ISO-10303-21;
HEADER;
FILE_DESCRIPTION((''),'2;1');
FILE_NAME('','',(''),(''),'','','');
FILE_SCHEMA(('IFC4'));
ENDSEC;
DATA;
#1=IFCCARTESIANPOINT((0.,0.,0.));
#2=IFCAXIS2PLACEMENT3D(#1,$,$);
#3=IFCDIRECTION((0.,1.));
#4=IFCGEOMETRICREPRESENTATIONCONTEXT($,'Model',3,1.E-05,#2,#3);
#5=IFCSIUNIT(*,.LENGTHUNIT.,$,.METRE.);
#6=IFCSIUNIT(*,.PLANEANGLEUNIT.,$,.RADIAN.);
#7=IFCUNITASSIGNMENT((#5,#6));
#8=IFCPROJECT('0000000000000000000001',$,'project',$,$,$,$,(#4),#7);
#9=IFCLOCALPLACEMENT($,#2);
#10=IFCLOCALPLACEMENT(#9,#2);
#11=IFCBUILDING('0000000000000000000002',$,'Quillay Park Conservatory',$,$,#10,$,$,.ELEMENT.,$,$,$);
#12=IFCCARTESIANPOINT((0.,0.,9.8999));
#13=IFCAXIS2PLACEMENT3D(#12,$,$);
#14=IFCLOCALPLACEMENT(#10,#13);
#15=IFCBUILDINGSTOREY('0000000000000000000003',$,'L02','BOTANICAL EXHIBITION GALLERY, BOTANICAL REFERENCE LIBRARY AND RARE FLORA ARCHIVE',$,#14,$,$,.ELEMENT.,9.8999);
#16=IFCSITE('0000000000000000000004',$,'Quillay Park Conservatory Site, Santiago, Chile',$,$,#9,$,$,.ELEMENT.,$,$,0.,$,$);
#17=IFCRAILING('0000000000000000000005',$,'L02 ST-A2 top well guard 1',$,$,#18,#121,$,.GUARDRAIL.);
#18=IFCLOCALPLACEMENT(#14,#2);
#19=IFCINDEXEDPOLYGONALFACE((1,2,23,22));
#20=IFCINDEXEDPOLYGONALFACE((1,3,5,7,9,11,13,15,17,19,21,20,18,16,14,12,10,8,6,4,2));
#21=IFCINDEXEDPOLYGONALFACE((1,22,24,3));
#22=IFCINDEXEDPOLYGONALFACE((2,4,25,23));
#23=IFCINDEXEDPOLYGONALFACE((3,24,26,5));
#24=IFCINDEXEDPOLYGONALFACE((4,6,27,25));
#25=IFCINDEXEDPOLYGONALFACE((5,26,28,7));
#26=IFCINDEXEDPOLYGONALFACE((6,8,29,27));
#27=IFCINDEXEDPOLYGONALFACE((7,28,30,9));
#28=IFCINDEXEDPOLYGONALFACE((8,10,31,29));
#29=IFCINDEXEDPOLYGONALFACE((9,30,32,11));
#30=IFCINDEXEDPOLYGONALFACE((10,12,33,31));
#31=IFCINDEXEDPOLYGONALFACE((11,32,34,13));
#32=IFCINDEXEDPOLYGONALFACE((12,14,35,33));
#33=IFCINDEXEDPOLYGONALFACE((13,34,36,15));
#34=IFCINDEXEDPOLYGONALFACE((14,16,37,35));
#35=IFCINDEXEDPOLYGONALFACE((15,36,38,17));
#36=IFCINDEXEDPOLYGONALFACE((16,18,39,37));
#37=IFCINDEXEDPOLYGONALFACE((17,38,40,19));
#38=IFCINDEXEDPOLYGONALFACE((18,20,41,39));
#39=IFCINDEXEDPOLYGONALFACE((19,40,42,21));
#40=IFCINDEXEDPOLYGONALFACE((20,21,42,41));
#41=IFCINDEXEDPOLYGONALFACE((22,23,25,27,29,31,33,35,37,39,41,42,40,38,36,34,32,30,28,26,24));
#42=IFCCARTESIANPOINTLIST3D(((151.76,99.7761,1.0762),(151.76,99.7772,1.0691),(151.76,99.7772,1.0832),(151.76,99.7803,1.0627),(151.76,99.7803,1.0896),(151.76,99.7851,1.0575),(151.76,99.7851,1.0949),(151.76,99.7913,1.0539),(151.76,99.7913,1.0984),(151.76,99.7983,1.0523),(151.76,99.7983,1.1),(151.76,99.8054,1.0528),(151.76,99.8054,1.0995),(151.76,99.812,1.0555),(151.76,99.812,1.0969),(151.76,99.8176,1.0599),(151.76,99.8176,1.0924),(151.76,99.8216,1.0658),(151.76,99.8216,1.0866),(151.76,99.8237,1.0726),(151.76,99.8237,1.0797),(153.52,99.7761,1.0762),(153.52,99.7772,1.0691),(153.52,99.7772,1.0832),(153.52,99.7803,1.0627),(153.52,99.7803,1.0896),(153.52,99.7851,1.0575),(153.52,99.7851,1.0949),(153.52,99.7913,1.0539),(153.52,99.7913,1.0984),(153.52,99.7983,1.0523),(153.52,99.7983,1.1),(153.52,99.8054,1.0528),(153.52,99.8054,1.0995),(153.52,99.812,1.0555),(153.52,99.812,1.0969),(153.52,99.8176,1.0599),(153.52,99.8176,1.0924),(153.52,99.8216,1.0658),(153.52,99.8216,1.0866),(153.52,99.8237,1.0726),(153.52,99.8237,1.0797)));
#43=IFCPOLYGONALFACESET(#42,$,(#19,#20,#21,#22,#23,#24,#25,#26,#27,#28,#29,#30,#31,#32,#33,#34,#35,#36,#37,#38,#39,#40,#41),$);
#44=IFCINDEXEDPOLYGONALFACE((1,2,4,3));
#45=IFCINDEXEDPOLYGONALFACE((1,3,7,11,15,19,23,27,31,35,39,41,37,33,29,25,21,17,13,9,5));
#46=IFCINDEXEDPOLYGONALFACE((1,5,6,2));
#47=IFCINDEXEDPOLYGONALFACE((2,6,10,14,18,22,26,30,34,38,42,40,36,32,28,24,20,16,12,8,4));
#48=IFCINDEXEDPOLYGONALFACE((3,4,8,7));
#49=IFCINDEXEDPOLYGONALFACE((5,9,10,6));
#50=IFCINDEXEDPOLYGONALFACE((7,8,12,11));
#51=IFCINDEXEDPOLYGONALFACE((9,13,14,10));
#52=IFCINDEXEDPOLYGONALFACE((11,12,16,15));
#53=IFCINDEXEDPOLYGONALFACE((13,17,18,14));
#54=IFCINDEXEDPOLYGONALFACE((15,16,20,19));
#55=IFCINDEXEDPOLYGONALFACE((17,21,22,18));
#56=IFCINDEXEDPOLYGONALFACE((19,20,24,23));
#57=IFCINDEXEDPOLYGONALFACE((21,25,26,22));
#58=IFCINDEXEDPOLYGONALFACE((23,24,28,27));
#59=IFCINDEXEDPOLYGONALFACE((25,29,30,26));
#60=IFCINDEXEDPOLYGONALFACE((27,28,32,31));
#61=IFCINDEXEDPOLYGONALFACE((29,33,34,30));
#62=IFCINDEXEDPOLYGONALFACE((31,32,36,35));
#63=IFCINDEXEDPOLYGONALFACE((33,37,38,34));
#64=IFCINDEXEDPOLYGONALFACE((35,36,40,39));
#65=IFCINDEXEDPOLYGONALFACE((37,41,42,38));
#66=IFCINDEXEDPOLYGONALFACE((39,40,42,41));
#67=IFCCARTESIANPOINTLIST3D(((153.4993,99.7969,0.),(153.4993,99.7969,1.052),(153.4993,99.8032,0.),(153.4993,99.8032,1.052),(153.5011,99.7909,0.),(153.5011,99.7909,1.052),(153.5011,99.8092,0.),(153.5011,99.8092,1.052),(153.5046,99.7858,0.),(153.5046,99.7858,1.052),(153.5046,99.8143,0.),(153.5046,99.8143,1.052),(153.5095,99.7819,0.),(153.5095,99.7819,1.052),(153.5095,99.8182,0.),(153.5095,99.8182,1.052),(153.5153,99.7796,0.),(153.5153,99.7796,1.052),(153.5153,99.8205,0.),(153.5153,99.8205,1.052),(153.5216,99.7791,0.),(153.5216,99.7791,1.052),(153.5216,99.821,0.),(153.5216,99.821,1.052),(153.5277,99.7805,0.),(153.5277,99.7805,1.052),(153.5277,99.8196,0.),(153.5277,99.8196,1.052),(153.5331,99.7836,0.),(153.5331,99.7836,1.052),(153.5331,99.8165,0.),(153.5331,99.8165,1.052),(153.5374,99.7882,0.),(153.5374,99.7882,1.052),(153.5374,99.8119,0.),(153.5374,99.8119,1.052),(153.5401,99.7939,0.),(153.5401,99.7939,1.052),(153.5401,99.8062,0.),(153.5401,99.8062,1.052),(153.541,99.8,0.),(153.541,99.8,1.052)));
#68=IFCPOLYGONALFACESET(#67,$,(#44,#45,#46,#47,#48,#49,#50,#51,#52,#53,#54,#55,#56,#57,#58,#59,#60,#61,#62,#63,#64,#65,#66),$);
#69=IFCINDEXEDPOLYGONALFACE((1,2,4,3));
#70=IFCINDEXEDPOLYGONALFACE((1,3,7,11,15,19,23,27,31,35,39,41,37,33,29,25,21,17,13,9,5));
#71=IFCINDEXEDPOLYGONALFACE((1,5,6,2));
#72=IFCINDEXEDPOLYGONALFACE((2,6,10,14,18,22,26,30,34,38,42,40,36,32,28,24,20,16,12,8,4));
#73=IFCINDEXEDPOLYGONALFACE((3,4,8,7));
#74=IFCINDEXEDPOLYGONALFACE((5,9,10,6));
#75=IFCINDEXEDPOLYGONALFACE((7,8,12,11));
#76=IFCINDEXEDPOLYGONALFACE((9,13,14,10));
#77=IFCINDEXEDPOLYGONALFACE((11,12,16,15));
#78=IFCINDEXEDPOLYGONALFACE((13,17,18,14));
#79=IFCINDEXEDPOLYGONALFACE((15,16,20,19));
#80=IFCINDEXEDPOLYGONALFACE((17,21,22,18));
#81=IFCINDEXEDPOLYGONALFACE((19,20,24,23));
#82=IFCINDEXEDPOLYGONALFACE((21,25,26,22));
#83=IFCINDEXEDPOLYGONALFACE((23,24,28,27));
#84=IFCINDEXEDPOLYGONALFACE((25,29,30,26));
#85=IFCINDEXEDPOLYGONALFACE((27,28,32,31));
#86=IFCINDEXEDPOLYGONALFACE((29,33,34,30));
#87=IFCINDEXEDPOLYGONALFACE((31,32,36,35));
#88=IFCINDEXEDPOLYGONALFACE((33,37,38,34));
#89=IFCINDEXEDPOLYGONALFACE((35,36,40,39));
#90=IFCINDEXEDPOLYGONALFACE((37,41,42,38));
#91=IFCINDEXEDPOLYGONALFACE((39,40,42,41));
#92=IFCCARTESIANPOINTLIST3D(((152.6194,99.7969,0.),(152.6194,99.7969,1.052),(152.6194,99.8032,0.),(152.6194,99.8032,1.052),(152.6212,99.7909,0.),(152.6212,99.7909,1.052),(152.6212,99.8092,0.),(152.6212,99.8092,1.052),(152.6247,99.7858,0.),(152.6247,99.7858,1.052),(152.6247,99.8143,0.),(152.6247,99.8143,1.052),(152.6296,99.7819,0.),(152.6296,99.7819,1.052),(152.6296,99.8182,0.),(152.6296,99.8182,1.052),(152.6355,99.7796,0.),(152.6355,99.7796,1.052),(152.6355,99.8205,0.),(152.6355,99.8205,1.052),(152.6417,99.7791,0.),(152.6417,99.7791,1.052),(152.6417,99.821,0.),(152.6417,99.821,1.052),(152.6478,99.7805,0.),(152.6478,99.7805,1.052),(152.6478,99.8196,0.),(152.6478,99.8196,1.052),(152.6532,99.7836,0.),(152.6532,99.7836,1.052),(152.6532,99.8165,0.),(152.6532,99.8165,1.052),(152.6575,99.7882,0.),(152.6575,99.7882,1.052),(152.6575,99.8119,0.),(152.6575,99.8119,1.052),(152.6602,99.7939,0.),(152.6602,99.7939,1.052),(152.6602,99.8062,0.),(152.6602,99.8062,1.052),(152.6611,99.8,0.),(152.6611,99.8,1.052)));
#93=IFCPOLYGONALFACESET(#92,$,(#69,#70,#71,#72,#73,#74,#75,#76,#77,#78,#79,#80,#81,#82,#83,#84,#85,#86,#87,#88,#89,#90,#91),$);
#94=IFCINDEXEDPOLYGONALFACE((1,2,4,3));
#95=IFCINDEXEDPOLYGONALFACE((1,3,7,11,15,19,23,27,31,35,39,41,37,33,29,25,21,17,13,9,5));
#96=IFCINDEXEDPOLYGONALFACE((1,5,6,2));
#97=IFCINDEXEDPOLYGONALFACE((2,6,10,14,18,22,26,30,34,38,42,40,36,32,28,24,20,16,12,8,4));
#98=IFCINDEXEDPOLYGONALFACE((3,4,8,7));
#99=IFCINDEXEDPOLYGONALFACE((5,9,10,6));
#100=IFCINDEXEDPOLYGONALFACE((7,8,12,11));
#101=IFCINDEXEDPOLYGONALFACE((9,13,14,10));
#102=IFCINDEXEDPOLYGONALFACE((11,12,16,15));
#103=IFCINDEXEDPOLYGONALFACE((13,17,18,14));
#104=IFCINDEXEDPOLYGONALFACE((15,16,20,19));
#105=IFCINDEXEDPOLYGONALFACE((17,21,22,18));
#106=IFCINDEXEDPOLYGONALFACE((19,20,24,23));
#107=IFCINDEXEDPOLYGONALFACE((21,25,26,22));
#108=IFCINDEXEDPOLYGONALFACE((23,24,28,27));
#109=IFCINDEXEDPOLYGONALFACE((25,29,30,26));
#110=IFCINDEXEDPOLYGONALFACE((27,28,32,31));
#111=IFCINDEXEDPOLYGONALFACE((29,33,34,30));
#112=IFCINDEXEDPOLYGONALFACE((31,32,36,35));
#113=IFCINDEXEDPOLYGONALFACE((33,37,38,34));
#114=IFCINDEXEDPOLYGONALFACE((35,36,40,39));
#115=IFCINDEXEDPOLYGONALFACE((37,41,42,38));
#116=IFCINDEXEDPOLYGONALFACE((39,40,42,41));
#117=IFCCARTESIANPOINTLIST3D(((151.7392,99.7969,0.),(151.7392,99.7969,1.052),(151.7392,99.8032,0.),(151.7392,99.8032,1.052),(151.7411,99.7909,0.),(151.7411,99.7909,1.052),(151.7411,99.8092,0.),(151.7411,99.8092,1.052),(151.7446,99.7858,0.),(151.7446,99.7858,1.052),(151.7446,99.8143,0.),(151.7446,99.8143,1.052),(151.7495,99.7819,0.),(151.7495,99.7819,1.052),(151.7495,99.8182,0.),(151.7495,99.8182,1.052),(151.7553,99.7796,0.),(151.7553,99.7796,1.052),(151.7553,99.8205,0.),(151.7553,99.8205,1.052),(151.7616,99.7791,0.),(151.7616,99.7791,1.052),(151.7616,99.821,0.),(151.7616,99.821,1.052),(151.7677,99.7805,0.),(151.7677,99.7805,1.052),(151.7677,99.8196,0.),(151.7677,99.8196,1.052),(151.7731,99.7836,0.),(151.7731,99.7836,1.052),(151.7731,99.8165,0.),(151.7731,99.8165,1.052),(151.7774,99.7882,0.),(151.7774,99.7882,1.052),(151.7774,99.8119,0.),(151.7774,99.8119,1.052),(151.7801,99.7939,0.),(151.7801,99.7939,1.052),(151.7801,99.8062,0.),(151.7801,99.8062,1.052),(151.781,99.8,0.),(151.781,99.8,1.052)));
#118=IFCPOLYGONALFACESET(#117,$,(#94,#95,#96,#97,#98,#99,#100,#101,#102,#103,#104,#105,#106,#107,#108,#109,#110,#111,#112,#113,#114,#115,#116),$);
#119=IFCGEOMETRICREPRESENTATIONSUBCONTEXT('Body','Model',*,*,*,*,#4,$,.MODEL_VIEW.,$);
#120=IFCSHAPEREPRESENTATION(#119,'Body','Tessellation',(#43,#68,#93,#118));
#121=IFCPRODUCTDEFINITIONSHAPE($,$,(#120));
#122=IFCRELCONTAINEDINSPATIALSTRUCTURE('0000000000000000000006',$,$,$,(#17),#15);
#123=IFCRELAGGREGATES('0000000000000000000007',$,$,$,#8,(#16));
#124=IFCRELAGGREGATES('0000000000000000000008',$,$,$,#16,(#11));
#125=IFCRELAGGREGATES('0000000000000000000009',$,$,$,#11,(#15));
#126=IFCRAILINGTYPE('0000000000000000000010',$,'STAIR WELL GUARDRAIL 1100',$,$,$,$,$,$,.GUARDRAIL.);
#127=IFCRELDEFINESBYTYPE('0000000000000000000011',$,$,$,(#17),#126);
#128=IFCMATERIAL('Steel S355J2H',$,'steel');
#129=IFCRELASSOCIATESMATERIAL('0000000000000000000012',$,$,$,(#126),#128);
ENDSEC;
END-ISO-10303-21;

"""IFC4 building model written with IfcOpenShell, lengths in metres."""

from ifc_helpers import new_model, si_unit, direction, frame, origin, origin_2d, place, context, subcontext, project, spatial, circle, extrude, material, type_object, element, save


model = new_model("IFC4")

# Units and contexts
model_context = context("Model", 3, precision=1e-05, world=origin(), true_north=direction((0.0, 1.0)))
body_context = subcontext(model_context, "Body", "Model", "MODEL_VIEW")
ifc_project = project(units=[si_unit("LENGTHUNIT", "METRE"), si_unit("PLANEANGLEUNIT", "RADIAN")], contexts=[model_context])

# Site, building, storey
site_placement = place(None, origin())
site = spatial("IfcSite", under=ifc_project, at=site_placement, Name="Quillay Park Conservatory Site, Santiago, Chile", CompositionType="ELEMENT", RefElevation=0.0)
building_placement = place(site_placement, origin())
building = spatial("IfcBuilding", under=site, at=building_placement, Name="Quillay Park Conservatory", CompositionType="ELEMENT")
storey_placement = place(building_placement, frame((0.0, 0.0, 9.8999)))
storey = spatial("IfcBuildingStorey", under=building, at=storey_placement, Name="L02", Description="BOTANICAL EXHIBITION GALLERY, BOTANICAL REFERENCE LIBRARY AND RARE FLORA ARCHIVE", CompositionType="ELEMENT", Elevation=9.8999)

# Railing
ifc_material_1 = material(Name="Steel S355J2H", Category="steel")
railing_type = type_object("IfcRailingType", Name="STAIR WELL GUARDRAIL 1100", PredefinedType="GUARDRAIL", material=ifc_material_1)
railing_placement = place(storey_placement, frame((153.52, 99.8, 0.0)))
element("IfcRailing", 1, at=railing_placement, inside=storey, type_object=railing_type, Name="L02 ST-A2 top well guard 1", PredefinedType="GUARDRAIL", context=body_context, shape_type="SweptSolid", body=[
    extrude(circle(Radius=0.0239, at=origin_2d()), frame((0.0, 0.0, 1.0762), z_axis=(-1.0, 0.0, 0.0), x_axis=(0.0, -1.0, 0.0)), (0.0, 0.0, 1.0), 1.76),
    extrude(circle(Radius=0.021, at=origin_2d()), origin(), (0.0, 0.0, 1.0), 1.052),
    extrude(circle(Radius=0.021, at=origin_2d()), frame((-0.8799, 0.0, 0.0)), (0.0, 0.0, 1.0), 1.052),
    extrude(circle(Radius=0.021, at=origin_2d()), frame((-1.76, 0.0, 0.0)), (0.0, 0.0, 1.0), 1.052),
])

save(model, "model.ifc")
